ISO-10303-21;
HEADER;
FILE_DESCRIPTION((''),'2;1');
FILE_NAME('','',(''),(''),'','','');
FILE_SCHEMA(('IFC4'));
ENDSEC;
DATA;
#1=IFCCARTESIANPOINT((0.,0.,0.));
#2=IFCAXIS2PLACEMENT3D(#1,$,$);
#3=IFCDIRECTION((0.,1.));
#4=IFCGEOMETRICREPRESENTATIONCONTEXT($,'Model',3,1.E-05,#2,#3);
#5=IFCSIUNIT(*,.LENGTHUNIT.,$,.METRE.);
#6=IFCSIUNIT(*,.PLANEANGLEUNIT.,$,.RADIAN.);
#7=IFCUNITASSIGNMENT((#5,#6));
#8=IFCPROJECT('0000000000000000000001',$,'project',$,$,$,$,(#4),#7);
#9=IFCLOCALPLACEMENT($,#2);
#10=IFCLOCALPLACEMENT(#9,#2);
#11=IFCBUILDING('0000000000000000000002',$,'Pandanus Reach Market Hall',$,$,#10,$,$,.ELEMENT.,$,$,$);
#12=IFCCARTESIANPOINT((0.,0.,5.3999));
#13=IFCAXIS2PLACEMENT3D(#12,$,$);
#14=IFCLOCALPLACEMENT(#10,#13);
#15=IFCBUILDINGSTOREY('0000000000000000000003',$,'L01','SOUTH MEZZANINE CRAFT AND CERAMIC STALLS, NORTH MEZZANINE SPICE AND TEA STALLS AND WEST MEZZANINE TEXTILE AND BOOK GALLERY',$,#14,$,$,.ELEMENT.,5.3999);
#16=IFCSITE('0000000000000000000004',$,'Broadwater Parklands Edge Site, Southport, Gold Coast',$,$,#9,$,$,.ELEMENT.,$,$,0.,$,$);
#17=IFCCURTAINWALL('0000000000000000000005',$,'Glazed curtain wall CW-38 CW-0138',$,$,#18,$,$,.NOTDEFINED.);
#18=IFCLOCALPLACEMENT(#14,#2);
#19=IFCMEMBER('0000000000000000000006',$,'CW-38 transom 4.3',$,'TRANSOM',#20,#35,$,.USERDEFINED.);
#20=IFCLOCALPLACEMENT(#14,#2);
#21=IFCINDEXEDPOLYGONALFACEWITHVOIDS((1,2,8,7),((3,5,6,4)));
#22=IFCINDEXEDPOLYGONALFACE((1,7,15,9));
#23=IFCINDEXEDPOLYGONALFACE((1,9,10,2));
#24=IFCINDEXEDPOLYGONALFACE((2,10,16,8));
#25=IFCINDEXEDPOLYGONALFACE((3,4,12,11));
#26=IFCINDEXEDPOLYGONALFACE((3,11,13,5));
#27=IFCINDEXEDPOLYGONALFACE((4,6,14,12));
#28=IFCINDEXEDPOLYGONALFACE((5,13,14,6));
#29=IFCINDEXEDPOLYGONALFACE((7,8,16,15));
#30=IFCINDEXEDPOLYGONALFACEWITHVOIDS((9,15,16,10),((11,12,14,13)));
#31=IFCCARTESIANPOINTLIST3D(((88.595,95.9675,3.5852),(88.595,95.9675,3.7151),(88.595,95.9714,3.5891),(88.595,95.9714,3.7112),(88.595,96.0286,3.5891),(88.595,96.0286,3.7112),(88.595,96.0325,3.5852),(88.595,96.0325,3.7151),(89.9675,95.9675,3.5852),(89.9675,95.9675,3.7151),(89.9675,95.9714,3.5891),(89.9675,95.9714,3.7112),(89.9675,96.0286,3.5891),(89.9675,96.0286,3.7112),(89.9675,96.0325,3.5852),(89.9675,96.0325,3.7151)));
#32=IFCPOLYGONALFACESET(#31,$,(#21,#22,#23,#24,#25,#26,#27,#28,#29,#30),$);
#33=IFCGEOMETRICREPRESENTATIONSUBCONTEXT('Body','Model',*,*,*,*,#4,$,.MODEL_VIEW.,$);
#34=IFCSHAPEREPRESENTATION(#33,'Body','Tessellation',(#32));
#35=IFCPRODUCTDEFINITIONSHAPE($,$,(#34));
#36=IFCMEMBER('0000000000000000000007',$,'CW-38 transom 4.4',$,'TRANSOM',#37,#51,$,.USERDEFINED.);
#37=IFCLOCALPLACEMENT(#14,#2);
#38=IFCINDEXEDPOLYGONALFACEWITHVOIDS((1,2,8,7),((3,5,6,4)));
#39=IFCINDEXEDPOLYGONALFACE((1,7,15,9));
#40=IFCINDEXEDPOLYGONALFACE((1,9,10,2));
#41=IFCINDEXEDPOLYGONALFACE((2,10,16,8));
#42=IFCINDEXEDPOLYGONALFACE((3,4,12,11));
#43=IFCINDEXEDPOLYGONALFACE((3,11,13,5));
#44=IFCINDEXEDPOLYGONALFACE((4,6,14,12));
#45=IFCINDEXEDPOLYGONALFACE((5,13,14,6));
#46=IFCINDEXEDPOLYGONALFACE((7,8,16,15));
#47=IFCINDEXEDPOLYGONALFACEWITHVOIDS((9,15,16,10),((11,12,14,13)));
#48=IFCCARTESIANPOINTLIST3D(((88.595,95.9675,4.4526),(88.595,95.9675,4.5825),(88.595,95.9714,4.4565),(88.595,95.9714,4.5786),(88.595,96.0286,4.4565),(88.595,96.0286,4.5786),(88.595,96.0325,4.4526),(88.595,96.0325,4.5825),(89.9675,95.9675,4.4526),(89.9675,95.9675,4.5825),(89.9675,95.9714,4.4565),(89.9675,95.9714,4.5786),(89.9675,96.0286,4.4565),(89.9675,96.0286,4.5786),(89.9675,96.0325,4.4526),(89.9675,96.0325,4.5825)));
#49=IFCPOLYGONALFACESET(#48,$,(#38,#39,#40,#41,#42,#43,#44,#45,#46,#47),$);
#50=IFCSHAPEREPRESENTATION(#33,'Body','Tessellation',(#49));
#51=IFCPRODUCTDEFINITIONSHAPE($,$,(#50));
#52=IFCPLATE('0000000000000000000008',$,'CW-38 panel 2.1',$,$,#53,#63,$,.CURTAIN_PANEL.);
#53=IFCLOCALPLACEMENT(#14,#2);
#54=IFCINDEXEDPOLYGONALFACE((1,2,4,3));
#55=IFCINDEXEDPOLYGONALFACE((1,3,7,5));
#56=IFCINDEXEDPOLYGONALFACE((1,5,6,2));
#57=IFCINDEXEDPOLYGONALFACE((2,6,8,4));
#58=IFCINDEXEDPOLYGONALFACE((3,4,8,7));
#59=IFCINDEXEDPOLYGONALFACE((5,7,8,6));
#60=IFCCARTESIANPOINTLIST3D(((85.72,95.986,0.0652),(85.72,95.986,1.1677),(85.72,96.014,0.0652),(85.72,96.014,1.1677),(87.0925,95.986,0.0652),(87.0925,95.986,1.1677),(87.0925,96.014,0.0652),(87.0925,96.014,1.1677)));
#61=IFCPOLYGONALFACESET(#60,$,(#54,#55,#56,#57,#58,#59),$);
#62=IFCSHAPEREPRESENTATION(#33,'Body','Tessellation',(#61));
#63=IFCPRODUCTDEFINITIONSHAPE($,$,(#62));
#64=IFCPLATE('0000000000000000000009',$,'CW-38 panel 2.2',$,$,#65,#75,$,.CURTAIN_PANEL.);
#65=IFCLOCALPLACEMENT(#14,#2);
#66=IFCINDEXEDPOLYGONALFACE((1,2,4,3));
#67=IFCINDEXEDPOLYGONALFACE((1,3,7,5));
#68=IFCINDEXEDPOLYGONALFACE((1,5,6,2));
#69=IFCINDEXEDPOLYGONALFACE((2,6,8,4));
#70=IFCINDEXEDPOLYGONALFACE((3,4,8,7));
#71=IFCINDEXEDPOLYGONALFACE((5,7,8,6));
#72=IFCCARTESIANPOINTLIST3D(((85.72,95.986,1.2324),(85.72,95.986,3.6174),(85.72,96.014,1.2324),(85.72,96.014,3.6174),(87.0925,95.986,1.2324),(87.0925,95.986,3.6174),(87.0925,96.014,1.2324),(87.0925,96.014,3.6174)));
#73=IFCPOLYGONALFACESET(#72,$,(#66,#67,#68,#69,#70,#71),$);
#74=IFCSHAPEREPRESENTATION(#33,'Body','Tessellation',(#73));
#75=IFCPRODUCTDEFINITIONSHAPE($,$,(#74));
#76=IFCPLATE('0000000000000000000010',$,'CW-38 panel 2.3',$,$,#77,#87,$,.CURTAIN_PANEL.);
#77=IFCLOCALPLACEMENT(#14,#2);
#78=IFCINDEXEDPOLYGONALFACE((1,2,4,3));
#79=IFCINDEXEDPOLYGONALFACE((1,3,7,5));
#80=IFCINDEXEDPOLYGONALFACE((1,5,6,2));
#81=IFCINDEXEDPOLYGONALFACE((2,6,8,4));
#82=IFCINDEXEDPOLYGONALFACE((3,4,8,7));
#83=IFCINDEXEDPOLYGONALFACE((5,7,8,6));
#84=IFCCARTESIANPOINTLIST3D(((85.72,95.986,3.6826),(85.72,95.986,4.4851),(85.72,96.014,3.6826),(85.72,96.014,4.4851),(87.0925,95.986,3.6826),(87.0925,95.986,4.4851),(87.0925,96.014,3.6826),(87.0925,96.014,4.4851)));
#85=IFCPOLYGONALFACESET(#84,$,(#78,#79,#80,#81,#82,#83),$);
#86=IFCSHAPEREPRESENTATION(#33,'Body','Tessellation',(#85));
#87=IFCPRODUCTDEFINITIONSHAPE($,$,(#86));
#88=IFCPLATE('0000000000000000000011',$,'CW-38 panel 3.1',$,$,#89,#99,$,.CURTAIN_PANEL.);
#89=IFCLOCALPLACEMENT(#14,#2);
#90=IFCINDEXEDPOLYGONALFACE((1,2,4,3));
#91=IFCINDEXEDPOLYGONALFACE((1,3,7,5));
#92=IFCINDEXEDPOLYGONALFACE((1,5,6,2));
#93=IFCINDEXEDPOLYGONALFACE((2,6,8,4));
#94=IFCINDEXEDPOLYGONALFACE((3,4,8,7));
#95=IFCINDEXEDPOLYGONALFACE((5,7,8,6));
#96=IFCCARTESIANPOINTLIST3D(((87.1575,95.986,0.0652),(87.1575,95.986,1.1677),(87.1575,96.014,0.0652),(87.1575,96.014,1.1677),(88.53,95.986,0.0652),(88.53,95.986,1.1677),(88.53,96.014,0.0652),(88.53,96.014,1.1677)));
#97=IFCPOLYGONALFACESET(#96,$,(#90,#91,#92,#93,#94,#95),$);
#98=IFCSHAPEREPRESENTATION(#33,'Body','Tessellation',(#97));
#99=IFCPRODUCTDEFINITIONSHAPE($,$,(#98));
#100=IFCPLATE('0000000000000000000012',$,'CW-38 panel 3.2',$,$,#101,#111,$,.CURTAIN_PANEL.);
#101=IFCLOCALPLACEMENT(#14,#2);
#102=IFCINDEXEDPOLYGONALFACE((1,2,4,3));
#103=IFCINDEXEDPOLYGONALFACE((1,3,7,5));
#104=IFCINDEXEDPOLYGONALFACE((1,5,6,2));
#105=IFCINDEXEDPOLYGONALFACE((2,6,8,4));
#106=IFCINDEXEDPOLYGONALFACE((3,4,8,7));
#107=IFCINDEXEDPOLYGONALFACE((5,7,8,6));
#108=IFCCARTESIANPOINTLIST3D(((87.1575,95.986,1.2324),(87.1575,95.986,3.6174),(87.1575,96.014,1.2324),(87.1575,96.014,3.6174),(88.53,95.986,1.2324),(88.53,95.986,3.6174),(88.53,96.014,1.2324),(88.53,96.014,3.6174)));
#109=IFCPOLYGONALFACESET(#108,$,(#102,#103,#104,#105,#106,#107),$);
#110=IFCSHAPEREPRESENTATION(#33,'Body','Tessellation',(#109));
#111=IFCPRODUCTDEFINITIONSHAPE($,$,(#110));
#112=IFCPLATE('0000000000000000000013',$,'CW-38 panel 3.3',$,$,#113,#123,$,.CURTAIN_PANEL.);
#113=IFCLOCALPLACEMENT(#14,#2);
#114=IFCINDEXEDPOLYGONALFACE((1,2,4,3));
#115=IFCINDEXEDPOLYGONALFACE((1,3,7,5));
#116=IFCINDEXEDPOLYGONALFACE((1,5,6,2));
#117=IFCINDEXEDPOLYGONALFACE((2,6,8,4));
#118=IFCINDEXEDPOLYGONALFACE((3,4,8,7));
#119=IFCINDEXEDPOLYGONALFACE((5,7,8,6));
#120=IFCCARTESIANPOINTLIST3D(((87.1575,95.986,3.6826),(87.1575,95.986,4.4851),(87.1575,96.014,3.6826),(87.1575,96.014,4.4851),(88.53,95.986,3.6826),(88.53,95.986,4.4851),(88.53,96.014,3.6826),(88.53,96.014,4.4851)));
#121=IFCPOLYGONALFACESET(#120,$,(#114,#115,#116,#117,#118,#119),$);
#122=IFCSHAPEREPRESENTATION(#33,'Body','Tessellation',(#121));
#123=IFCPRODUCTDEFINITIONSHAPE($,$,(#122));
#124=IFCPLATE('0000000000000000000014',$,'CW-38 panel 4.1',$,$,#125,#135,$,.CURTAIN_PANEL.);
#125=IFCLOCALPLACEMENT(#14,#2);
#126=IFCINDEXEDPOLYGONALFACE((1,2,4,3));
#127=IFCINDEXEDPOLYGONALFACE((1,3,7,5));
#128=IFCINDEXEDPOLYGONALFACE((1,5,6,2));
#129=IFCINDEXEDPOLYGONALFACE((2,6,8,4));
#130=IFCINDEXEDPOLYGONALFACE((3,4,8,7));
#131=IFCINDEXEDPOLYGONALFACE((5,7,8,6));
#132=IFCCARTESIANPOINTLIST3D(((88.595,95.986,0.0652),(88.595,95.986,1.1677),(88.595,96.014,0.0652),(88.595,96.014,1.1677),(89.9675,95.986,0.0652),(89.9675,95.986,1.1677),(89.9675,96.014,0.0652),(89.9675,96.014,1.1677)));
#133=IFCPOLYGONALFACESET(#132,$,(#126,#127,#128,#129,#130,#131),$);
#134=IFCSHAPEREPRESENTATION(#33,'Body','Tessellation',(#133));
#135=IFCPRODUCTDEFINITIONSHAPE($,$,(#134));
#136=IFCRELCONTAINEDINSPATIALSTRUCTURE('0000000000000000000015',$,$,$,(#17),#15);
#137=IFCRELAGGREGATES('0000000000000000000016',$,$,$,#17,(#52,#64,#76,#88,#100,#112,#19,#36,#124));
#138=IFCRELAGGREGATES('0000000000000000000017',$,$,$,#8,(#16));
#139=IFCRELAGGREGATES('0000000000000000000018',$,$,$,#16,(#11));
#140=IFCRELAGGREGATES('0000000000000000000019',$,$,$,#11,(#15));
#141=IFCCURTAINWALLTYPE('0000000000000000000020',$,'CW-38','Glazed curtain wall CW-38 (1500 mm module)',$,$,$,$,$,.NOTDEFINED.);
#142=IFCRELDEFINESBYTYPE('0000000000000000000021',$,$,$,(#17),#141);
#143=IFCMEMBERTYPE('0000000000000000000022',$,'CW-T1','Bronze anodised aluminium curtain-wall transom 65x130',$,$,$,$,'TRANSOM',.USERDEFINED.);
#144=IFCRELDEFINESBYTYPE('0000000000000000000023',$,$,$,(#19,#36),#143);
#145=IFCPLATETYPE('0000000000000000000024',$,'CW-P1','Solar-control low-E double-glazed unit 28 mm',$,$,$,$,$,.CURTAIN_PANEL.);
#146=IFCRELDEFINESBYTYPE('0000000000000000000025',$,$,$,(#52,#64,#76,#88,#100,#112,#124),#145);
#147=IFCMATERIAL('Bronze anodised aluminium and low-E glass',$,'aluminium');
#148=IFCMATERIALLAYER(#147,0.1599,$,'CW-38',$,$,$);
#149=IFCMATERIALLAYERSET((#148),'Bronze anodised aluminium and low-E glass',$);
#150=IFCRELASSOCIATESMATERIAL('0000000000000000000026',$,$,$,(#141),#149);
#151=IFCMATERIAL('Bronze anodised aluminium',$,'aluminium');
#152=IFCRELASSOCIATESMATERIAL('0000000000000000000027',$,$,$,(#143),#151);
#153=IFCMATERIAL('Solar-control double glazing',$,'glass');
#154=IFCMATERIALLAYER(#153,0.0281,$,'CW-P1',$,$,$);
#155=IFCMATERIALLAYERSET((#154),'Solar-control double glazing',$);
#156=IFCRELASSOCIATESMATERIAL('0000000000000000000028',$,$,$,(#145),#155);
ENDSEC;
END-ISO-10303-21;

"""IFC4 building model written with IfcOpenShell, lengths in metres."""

from ifc_helpers import new_model, si_unit, direction, frame, origin, origin_2d, place, context, subcontext, project, spatial, rectangle, hollow_rectangle, extrude, material, layer, layer_set, material_profile, profile_set, type_object, element, aggregate, save


model = new_model("IFC4")

# Units and contexts
model_context = context("Model", 3, precision=1e-05, world=origin(), true_north=direction((0.0, 1.0)))
body_context = subcontext(model_context, "Body", "Model", "MODEL_VIEW")
ifc_project = project(units=[si_unit("LENGTHUNIT", "METRE"), si_unit("PLANEANGLEUNIT", "RADIAN")], contexts=[model_context])

# Site, building, storey
site_placement = place(None, origin())
site = spatial("IfcSite", under=ifc_project, at=site_placement, Name="Broadwater Parklands Edge Site, Southport, Gold Coast", CompositionType="ELEMENT", RefElevation=0.0)
building_placement = place(site_placement, origin())
building = spatial("IfcBuilding", under=site, at=building_placement, Name="Pandanus Reach Market Hall", CompositionType="ELEMENT")
storey_placement = place(building_placement, frame((0.0, 0.0, 5.3999)))
storey = spatial("IfcBuildingStorey", under=building, at=storey_placement, Name="L01", Description="SOUTH MEZZANINE CRAFT AND CERAMIC STALLS, NORTH MEZZANINE SPICE AND TEA STALLS AND WEST MEZZANINE TEXTILE AND BOOK GALLERY", CompositionType="ELEMENT", Elevation=5.3999)

# Curtain wall, members, plates
ifc_material_1 = material(Name="Bronze anodised aluminium and low-E glass", Category="aluminium")
ifc_layer_1 = layer(ifc_material_1, 0.1599, Name="CW-38")
ifc_layer_set_1 = layer_set([ifc_layer_1], Name="Bronze anodised aluminium and low-E glass")
curtain_wall_type = type_object("IfcCurtainWallType", Name="CW-38", Description="Glazed curtain wall CW-38 (1500 mm module)", PredefinedType="NOTDEFINED", material=ifc_layer_set_1)
curtain_wall_placement = place(storey_placement, origin())
curtain_wall = element("IfcCurtainWall", 1, at=curtain_wall_placement, inside=storey, type_object=curtain_wall_type, Name="Glazed curtain wall CW-38 CW-0138", PredefinedType="NOTDEFINED")
ifc_material_2 = material(Name="Bronze anodised aluminium", Category="aluminium")
ifc_material_profile_1 = material_profile(ifc_material_2, hollow_rectangle(XDim=0.0649, YDim=0.1299, WallThickness=0.0039, at=origin_2d()), Name="ALU65x130", Category="LoadBearing")
ifc_profile_set_1 = profile_set([ifc_material_profile_1], Name="Bronze anodised aluminium")
member_type_1 = type_object("IfcMemberType", Name="CW-T1", Description="Bronze anodised aluminium curtain-wall transom 65x130", ElementType="TRANSOM", PredefinedType="USERDEFINED", material=ifc_profile_set_1)
member_1_placement = place(storey_placement, frame((88.595, 96.0, 3.6501), z_axis=(1.0, 0.0, 0.0), x_axis=(0.0, 1.0, 0.0)))
member_1 = element("IfcMember", 2, at=member_1_placement, type_object=member_type_1, Name="CW-38 transom 4.3", ObjectType="TRANSOM", PredefinedType="USERDEFINED", context=body_context, shape_type="SweptSolid", body=[
    extrude(hollow_rectangle(XDim=0.0649, YDim=0.1299, WallThickness=0.0039, at=origin_2d()), origin(), (0.0, 0.0, 1.0), 1.3726),
])
member_2_placement = place(storey_placement, frame((88.595, 96.0, 4.5176), z_axis=(1.0, 0.0, 0.0), x_axis=(0.0, 1.0, 0.0)))
member_2 = element("IfcMember", 3, at=member_2_placement, type_object=member_type_1, Name="CW-38 transom 4.4", ObjectType="TRANSOM", PredefinedType="USERDEFINED", context=body_context, shape_type="SweptSolid", body=[
    extrude(hollow_rectangle(XDim=0.0649, YDim=0.1299, WallThickness=0.0039, at=origin_2d()), origin(), (0.0, 0.0, 1.0), 1.3726),
])
ifc_material_3 = material(Name="Solar-control double glazing", Category="glass")
ifc_layer_2 = layer(ifc_material_3, 0.0281, Name="CW-P1")
ifc_layer_set_2 = layer_set([ifc_layer_2], Name="Solar-control double glazing")
plate_type = type_object("IfcPlateType", Name="CW-P1", Description="Solar-control low-E double-glazed unit 28 mm", PredefinedType="CURTAIN_PANEL", material=ifc_layer_set_2)
plate_1_placement = place(storey_placement, frame((86.4062, 96.0, 0.0652), z_axis=(0.0, 0.0, 1.0), x_axis=(1.0, 0.0, 0.0)))
plate_1 = element("IfcPlate", 4, at=plate_1_placement, type_object=plate_type, Name="CW-38 panel 2.1", PredefinedType="CURTAIN_PANEL", context=body_context, shape_type="SweptSolid", body=[
    extrude(rectangle(XDim=1.3726, YDim=0.0281, at=origin_2d()), origin(), (0.0, 0.0, 1.0), 1.1025),
])
plate_2_placement = place(storey_placement, frame((86.4062, 96.0, 1.2324), z_axis=(0.0, 0.0, 1.0), x_axis=(1.0, 0.0, 0.0)))
plate_2 = element("IfcPlate", 5, at=plate_2_placement, type_object=plate_type, Name="CW-38 panel 2.2", PredefinedType="CURTAIN_PANEL", context=body_context, shape_type="SweptSolid", body=[
    extrude(rectangle(XDim=1.3726, YDim=0.0281, at=origin_2d()), origin(), (0.0, 0.0, 1.0), 2.385),
])
plate_3_placement = place(storey_placement, frame((86.4062, 96.0, 3.6826), z_axis=(0.0, 0.0, 1.0), x_axis=(1.0, 0.0, 0.0)))
plate_3 = element("IfcPlate", 6, at=plate_3_placement, type_object=plate_type, Name="CW-38 panel 2.3", PredefinedType="CURTAIN_PANEL", context=body_context, shape_type="SweptSolid", body=[
    extrude(rectangle(XDim=1.3726, YDim=0.0281, at=origin_2d()), origin(), (0.0, 0.0, 1.0), 0.8025),
])
plate_4_placement = place(storey_placement, frame((87.8438, 96.0, 0.0652), z_axis=(0.0, 0.0, 1.0), x_axis=(1.0, 0.0, 0.0)))
plate_4 = element("IfcPlate", 7, at=plate_4_placement, type_object=plate_type, Name="CW-38 panel 3.1", PredefinedType="CURTAIN_PANEL", context=body_context, shape_type="SweptSolid", body=[
    extrude(rectangle(XDim=1.3726, YDim=0.0281, at=origin_2d()), origin(), (0.0, 0.0, 1.0), 1.1025),
])
plate_5_placement = place(storey_placement, frame((87.8438, 96.0, 1.2324), z_axis=(0.0, 0.0, 1.0), x_axis=(1.0, 0.0, 0.0)))
plate_5 = element("IfcPlate", 8, at=plate_5_placement, type_object=plate_type, Name="CW-38 panel 3.2", PredefinedType="CURTAIN_PANEL", context=body_context, shape_type="SweptSolid", body=[
    extrude(rectangle(XDim=1.3726, YDim=0.0281, at=origin_2d()), origin(), (0.0, 0.0, 1.0), 2.385),
])
plate_6_placement = place(storey_placement, frame((87.8438, 96.0, 3.6826), z_axis=(0.0, 0.0, 1.0), x_axis=(1.0, 0.0, 0.0)))
plate_6 = element("IfcPlate", 9, at=plate_6_placement, type_object=plate_type, Name="CW-38 panel 3.3", PredefinedType="CURTAIN_PANEL", context=body_context, shape_type="SweptSolid", body=[
    extrude(rectangle(XDim=1.3726, YDim=0.0281, at=origin_2d()), origin(), (0.0, 0.0, 1.0), 0.8025),
])
plate_7_placement = place(storey_placement, frame((89.2812, 96.0, 0.0652), z_axis=(0.0, 0.0, 1.0), x_axis=(1.0, 0.0, 0.0)))
plate_7 = element("IfcPlate", 10, at=plate_7_placement, type_object=plate_type, Name="CW-38 panel 4.1", PredefinedType="CURTAIN_PANEL", context=body_context, shape_type="SweptSolid", body=[
    extrude(rectangle(XDim=1.3726, YDim=0.0281, at=origin_2d()), origin(), (0.0, 0.0, 1.0), 1.1025),
])
aggregate(curtain_wall, [plate_1, plate_2, plate_3, plate_4, plate_5, plate_6, member_1, member_2, plate_7])

save(model, "model.ifc")
